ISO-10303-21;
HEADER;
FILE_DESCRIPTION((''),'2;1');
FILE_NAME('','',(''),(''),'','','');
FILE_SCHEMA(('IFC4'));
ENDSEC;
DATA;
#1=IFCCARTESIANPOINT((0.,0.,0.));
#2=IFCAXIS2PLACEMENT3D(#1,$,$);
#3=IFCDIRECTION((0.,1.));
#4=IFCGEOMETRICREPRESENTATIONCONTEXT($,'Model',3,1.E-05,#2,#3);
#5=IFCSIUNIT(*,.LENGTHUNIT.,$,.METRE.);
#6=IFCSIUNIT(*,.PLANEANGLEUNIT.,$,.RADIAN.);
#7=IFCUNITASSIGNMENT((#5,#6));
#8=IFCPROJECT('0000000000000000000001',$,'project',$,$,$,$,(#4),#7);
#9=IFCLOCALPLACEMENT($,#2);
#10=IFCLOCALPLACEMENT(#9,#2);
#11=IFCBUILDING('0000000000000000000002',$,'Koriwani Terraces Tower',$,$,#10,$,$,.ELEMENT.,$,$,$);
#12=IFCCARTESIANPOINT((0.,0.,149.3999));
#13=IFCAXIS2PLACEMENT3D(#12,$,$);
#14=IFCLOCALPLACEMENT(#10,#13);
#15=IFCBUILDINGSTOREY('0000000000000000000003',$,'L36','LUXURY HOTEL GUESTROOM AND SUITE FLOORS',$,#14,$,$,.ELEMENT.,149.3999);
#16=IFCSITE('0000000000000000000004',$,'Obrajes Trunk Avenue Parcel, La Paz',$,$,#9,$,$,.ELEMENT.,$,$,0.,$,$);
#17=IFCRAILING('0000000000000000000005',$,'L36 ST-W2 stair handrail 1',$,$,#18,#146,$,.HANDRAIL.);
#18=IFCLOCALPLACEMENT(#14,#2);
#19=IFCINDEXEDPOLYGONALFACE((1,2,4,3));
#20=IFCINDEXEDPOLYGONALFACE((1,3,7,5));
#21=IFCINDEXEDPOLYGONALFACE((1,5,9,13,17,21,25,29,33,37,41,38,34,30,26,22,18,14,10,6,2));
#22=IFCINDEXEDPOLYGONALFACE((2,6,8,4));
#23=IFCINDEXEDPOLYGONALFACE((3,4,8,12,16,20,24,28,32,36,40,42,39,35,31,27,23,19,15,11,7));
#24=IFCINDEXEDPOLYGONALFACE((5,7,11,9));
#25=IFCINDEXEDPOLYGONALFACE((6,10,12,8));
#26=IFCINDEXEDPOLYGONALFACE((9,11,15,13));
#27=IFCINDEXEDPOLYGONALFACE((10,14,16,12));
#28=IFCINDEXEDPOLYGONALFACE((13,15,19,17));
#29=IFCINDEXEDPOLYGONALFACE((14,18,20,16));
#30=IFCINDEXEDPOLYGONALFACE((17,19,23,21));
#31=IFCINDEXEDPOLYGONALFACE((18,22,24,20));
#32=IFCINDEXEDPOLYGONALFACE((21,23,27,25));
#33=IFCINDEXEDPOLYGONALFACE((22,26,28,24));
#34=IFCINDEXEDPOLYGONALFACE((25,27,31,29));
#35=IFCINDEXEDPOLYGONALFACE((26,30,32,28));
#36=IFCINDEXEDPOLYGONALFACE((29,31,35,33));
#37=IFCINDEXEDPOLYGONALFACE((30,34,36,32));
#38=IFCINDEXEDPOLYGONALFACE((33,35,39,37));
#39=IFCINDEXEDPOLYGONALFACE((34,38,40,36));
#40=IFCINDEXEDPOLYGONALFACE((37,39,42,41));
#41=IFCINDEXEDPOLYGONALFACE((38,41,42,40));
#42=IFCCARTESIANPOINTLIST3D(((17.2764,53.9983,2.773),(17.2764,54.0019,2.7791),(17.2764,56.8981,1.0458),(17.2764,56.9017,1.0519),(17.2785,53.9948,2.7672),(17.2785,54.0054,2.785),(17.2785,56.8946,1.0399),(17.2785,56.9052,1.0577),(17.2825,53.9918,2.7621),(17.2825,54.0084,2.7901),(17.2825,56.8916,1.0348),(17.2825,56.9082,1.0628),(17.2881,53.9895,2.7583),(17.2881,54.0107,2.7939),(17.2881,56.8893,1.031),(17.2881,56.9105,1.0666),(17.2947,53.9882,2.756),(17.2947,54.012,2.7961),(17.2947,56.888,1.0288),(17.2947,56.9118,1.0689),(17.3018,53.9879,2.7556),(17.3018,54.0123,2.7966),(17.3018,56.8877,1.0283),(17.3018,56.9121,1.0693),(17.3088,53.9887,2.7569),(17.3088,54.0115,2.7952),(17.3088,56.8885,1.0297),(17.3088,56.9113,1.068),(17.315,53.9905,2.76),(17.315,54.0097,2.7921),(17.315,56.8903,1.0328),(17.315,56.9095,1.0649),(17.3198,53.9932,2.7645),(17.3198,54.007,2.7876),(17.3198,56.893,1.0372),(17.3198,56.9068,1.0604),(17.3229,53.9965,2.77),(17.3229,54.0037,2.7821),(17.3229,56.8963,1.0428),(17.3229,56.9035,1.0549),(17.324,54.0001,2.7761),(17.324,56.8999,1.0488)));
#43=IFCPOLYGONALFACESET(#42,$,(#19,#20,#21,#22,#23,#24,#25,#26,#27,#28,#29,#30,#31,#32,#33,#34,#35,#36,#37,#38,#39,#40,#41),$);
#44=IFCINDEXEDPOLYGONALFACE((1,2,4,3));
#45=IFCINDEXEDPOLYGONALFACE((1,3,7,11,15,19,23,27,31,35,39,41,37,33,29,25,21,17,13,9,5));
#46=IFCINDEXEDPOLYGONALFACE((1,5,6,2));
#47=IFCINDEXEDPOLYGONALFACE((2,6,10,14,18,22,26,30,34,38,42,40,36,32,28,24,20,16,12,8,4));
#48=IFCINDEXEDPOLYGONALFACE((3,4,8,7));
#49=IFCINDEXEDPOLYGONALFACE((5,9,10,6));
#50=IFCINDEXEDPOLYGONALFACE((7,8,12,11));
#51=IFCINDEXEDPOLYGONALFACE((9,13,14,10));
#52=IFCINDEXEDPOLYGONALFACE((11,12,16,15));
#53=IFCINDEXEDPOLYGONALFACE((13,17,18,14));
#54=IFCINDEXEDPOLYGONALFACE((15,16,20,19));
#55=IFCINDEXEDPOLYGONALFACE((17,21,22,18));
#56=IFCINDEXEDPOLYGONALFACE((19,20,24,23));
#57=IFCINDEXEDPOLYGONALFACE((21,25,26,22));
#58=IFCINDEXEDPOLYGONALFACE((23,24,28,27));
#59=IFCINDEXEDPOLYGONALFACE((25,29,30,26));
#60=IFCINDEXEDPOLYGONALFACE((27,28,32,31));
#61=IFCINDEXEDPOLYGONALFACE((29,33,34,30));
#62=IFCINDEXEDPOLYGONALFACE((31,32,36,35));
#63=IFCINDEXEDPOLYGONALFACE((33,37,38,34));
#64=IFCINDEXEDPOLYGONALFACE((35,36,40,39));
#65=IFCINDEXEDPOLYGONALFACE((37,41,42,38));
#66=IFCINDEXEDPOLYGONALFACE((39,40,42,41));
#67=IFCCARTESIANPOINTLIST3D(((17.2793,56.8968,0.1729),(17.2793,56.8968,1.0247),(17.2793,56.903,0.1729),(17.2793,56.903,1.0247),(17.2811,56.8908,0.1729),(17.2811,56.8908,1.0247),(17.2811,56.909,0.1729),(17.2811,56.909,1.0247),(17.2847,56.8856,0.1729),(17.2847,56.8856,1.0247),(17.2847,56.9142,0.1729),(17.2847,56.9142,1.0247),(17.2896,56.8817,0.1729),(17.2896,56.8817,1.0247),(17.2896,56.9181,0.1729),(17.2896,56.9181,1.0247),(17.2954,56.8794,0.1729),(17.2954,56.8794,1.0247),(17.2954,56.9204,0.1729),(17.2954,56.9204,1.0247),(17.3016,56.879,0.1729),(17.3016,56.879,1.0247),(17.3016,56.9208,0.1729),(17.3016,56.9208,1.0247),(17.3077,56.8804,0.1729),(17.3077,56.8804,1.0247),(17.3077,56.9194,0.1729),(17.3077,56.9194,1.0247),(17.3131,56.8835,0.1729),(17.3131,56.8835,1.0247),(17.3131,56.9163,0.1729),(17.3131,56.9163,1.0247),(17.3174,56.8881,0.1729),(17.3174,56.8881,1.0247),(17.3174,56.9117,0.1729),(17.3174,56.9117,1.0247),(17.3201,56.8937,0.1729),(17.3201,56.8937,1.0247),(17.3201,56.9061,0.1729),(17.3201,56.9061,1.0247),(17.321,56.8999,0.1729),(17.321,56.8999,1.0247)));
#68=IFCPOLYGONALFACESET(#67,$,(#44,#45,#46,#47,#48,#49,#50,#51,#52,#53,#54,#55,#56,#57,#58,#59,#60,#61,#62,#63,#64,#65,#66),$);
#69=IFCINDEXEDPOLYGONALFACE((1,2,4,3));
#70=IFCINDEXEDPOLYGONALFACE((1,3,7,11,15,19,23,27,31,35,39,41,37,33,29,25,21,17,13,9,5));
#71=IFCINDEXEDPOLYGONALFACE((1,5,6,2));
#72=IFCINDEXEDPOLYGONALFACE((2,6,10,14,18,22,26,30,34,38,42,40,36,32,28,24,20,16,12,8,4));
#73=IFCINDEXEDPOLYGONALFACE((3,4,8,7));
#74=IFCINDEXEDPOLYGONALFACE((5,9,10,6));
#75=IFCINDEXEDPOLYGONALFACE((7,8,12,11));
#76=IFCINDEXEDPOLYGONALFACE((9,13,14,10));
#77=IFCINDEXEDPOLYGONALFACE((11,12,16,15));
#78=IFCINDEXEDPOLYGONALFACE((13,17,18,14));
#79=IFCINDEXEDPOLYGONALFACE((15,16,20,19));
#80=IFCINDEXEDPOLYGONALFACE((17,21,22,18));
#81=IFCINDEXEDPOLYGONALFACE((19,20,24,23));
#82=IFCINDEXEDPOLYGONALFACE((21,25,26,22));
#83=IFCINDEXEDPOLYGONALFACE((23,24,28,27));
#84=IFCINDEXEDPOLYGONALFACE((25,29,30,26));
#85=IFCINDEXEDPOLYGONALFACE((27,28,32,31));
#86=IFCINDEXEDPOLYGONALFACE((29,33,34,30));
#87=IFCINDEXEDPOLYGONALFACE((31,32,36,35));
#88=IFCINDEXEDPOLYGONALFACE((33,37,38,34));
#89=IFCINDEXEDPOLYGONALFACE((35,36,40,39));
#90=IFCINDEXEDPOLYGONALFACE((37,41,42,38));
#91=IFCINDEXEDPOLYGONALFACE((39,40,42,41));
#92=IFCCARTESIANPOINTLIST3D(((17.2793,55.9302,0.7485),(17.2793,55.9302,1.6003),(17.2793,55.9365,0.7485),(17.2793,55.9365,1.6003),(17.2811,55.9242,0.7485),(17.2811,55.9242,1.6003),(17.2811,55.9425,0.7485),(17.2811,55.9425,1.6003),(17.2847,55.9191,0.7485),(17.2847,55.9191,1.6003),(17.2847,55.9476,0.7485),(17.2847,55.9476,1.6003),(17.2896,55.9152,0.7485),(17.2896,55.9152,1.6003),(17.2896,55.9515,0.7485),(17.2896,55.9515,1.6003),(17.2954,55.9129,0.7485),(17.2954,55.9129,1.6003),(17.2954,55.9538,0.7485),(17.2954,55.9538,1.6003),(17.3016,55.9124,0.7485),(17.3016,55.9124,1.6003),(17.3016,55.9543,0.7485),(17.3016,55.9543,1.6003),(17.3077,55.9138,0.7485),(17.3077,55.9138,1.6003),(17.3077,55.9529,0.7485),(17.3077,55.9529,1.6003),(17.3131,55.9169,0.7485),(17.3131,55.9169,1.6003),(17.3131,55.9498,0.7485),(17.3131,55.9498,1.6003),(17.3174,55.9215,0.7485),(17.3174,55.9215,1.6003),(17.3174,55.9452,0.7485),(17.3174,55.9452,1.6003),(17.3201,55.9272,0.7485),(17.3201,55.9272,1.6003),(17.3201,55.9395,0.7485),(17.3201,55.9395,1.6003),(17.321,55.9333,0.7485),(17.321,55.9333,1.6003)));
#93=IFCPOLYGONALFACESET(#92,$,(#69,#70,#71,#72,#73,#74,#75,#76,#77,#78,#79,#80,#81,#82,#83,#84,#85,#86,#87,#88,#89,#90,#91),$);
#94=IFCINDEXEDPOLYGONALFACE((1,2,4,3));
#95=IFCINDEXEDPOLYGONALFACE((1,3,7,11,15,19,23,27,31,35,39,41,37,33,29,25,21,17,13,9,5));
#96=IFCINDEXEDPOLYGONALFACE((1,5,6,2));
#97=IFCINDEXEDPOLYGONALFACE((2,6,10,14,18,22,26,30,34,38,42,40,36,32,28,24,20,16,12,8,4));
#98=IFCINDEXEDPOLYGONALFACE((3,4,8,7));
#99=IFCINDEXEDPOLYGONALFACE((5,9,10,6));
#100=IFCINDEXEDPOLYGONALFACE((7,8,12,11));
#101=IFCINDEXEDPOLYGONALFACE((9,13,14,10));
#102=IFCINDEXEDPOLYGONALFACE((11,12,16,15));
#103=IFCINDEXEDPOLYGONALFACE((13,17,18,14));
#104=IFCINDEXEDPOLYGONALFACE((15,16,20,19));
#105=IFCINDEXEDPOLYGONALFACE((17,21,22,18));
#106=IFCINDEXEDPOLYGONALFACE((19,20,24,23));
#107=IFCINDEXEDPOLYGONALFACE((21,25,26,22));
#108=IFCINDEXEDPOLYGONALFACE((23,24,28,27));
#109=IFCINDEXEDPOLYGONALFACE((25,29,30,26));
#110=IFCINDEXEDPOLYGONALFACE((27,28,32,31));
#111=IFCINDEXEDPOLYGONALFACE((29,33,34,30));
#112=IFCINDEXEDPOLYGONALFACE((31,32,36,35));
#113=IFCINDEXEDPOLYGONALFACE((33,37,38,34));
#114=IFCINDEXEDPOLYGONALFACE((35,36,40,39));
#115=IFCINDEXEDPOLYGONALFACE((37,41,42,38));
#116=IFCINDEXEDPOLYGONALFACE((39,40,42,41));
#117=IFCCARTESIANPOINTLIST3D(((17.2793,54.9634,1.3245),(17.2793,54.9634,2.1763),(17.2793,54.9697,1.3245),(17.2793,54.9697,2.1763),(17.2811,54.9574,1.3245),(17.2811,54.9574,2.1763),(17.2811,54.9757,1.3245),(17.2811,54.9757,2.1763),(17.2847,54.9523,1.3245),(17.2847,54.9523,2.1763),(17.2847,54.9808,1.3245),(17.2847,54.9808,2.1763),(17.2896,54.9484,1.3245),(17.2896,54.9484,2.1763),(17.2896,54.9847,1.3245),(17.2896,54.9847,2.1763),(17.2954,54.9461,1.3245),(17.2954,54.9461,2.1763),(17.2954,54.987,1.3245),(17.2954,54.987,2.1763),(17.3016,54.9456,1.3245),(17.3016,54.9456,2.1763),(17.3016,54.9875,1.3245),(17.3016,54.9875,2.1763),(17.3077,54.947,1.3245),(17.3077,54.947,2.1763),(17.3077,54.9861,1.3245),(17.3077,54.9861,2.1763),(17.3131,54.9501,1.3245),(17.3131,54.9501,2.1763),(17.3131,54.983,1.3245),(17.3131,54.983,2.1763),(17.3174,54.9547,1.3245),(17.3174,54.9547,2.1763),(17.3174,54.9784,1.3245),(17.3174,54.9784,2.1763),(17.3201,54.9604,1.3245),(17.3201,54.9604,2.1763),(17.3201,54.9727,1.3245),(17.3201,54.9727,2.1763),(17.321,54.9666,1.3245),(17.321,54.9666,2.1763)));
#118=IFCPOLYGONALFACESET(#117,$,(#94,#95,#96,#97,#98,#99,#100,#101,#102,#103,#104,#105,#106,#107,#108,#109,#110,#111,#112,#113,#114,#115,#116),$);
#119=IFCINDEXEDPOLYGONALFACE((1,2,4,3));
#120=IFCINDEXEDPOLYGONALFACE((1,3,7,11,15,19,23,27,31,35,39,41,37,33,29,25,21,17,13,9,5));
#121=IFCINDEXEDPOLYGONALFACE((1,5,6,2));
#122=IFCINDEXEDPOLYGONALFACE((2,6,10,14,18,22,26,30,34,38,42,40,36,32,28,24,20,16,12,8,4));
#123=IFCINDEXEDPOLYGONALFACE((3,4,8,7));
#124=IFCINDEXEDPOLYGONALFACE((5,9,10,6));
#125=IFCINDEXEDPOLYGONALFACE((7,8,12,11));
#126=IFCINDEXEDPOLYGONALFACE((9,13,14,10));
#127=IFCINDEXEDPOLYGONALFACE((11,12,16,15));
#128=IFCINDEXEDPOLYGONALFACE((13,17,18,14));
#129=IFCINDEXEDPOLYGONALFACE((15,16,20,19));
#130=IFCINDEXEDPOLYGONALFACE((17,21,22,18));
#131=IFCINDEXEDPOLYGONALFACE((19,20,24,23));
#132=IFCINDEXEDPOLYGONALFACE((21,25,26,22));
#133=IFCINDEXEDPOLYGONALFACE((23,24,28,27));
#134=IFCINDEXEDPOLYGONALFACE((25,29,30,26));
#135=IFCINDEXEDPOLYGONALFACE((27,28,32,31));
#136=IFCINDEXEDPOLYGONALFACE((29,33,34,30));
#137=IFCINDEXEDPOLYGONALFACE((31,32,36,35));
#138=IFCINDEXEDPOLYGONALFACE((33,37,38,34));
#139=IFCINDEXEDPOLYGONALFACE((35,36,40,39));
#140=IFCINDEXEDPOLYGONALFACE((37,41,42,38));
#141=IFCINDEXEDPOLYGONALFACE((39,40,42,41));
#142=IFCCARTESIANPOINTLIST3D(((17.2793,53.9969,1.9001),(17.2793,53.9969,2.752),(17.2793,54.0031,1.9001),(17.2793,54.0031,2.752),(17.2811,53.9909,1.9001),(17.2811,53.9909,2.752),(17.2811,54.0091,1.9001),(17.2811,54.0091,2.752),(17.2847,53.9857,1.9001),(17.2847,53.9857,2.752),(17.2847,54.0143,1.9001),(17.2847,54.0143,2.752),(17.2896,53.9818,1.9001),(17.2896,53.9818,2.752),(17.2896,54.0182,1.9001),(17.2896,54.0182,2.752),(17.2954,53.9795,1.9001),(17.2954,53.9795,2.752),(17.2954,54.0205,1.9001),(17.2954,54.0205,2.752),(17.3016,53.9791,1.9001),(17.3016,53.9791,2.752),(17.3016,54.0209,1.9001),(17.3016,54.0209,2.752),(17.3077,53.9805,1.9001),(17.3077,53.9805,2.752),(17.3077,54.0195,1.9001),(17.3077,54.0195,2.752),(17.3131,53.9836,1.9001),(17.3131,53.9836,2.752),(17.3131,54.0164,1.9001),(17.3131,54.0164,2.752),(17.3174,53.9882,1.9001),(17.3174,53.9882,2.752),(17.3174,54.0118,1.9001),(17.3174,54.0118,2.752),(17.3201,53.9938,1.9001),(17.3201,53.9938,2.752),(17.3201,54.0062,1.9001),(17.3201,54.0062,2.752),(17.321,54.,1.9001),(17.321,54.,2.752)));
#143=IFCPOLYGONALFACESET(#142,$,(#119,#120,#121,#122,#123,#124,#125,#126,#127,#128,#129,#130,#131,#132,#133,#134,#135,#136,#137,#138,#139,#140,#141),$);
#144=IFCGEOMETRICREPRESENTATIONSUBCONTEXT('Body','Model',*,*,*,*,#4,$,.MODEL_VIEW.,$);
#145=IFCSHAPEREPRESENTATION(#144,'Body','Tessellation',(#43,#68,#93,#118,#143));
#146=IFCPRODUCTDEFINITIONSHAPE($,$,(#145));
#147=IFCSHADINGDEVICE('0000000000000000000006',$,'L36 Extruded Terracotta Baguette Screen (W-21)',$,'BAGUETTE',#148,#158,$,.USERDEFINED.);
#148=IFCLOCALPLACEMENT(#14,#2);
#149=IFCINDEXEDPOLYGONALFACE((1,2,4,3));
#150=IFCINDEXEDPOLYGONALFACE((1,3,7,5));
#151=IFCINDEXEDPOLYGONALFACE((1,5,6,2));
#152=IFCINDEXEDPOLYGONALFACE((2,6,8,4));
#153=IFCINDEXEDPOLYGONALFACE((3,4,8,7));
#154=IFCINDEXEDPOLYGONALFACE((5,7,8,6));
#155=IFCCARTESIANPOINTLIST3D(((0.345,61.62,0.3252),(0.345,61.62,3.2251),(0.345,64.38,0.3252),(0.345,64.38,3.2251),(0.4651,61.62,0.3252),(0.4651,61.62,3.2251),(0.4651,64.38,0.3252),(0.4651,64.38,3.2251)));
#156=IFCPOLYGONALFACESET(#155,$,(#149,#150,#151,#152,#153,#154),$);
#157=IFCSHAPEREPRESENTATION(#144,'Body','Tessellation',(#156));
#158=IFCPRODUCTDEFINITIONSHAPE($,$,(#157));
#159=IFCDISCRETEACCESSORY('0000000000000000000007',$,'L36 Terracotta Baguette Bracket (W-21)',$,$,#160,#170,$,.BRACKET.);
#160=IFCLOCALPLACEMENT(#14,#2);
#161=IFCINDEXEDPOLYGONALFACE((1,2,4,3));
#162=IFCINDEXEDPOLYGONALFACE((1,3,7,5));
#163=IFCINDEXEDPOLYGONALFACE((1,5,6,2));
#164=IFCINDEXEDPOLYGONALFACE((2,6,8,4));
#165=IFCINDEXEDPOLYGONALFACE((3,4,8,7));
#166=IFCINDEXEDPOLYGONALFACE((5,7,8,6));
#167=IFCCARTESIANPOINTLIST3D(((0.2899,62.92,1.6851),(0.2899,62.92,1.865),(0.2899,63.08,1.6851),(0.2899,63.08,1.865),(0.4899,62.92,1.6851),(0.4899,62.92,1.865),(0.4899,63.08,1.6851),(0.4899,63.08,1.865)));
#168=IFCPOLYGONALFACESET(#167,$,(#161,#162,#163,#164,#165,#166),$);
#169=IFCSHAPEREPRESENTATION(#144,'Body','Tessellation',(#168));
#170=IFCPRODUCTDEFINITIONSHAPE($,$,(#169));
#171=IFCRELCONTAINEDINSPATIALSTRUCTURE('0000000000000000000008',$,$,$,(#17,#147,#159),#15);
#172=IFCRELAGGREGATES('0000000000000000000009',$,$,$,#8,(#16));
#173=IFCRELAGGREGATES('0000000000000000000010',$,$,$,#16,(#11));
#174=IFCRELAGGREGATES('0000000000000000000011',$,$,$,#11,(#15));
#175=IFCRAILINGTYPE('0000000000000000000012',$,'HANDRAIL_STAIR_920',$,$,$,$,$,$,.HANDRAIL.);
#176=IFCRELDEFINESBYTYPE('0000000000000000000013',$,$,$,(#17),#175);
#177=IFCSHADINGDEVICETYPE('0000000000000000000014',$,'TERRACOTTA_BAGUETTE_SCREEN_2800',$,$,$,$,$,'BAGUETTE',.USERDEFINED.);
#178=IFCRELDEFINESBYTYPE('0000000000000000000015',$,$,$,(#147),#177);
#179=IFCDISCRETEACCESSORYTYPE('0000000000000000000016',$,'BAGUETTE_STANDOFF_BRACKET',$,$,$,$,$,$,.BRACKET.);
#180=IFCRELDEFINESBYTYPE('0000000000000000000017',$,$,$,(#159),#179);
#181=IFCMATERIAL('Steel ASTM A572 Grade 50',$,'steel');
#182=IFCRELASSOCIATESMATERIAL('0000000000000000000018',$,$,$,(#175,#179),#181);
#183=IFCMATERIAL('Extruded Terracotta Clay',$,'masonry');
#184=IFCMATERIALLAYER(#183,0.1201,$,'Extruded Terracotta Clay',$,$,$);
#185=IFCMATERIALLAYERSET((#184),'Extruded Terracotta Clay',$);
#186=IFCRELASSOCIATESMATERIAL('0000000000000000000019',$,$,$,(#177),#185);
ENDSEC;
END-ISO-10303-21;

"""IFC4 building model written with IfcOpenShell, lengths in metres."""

from ifc_helpers import new_model, si_unit, direction, frame, origin, origin_2d, place, context, subcontext, project, spatial, rectangle, circle, extrude, material, layer, layer_set, type_object, element, save


model = new_model("IFC4")

# Units and contexts
model_context = context("Model", 3, precision=1e-05, world=origin(), true_north=direction((0.0, 1.0)))
body_context = subcontext(model_context, "Body", "Model", "MODEL_VIEW")
ifc_project = project(units=[si_unit("LENGTHUNIT", "METRE"), si_unit("PLANEANGLEUNIT", "RADIAN")], contexts=[model_context])

# Site, building, storey
site_placement = place(None, origin())
site = spatial("IfcSite", under=ifc_project, at=site_placement, Name="Obrajes Trunk Avenue Parcel, La Paz", CompositionType="ELEMENT", RefElevation=0.0)
building_placement = place(site_placement, origin())
building = spatial("IfcBuilding", under=site, at=building_placement, Name="Koriwani Terraces Tower", CompositionType="ELEMENT")
storey_placement = place(building_placement, frame((0.0, 0.0, 149.3999)))
storey = spatial("IfcBuildingStorey", under=building, at=storey_placement, Name="L36", Description="LUXURY HOTEL GUESTROOM AND SUITE FLOORS", CompositionType="ELEMENT", Elevation=149.3999)

# Shared definitions
ifc_material_1 = material(Name="Steel ASTM A572 Grade 50", Category="steel")

# Railing
railing_type_1 = type_object("IfcRailingType", Name="HANDRAIL_STAIR_920", PredefinedType="HANDRAIL", material=ifc_material_1)
railing_1_placement = place(storey_placement, frame((17.3, 56.8999, 0.1729)))
element("IfcRailing", 1, at=railing_1_placement, inside=storey, type_object=railing_type_1, Name="L36 ST-W2 stair handrail 1", PredefinedType="HANDRAIL", context=body_context, shape_type="SweptSolid", body=[
    extrude(circle(Radius=0.0239, at=origin_2d()), frame((0.0, 0.0, 0.876), z_axis=(0.0, -0.859141, 0.511738), x_axis=(1.0, 0.0, 0.0)), (0.0, 0.0, 1.0), 3.3752),
    extrude(circle(Radius=0.021, at=origin_2d()), origin(), (0.0, 0.0, 1.0), 0.8518),
    extrude(circle(Radius=0.021, at=origin_2d()), frame((0.0, -0.9666, 0.5757)), (0.0, 0.0, 1.0), 0.8518),
    extrude(circle(Radius=0.021, at=origin_2d()), frame((0.0, -1.9333, 1.1516)), (0.0, 0.0, 1.0), 0.8518),
    extrude(circle(Radius=0.021, at=origin_2d()), frame((0.0, -2.8999, 1.7273)), (0.0, 0.0, 1.0), 0.8518),
])

# Shading device
ifc_material_2 = material(Name="Extruded Terracotta Clay", Category="masonry")
ifc_layer_1 = layer(ifc_material_2, 0.1201, Name="Extruded Terracotta Clay")
ifc_layer_set_1 = layer_set([ifc_layer_1], Name="Extruded Terracotta Clay")
shading_device_type = type_object("IfcShadingDeviceType", Name="TERRACOTTA_BAGUETTE_SCREEN_2800", ElementType="BAGUETTE", PredefinedType="USERDEFINED", material=ifc_layer_set_1)
shading_device_placement = place(storey_placement, frame((0.405, 63.0, 0.3252), z_axis=(0.0, 0.0, 1.0), x_axis=(0.0, 1.0, 0.0)))
element("IfcShadingDevice", 2, at=shading_device_placement, inside=storey, type_object=shading_device_type, Name="L36 Extruded Terracotta Baguette Screen (W-21)", ObjectType="BAGUETTE", PredefinedType="USERDEFINED", context=body_context, shape_type="SweptSolid", body=[
    extrude(rectangle(XDim=2.76, YDim=0.1201, at=origin_2d()), origin(), (0.0, 0.0, 1.0), 2.8999),
])

# Discrete accessory
discrete_accessory_type = type_object("IfcDiscreteAccessoryType", Name="BAGUETTE_STANDOFF_BRACKET", PredefinedType="BRACKET", material=ifc_material_1)
discrete_accessory_placement = place(storey_placement, frame((0.3899, 63.0, 1.6851), z_axis=(0.0, 0.0, 1.0), x_axis=(0.0, 1.0, 0.0)))
element("IfcDiscreteAccessory", 3, at=discrete_accessory_placement, inside=storey, type_object=discrete_accessory_type, Name="L36 Terracotta Baguette Bracket (W-21)", PredefinedType="BRACKET", context=body_context, shape_type="SweptSolid", body=[
    extrude(rectangle(XDim=0.1599, YDim=0.2, at=origin_2d()), origin(), (0.0, 0.0, 1.0), 0.1799),
])

save(model, "model.ifc")
